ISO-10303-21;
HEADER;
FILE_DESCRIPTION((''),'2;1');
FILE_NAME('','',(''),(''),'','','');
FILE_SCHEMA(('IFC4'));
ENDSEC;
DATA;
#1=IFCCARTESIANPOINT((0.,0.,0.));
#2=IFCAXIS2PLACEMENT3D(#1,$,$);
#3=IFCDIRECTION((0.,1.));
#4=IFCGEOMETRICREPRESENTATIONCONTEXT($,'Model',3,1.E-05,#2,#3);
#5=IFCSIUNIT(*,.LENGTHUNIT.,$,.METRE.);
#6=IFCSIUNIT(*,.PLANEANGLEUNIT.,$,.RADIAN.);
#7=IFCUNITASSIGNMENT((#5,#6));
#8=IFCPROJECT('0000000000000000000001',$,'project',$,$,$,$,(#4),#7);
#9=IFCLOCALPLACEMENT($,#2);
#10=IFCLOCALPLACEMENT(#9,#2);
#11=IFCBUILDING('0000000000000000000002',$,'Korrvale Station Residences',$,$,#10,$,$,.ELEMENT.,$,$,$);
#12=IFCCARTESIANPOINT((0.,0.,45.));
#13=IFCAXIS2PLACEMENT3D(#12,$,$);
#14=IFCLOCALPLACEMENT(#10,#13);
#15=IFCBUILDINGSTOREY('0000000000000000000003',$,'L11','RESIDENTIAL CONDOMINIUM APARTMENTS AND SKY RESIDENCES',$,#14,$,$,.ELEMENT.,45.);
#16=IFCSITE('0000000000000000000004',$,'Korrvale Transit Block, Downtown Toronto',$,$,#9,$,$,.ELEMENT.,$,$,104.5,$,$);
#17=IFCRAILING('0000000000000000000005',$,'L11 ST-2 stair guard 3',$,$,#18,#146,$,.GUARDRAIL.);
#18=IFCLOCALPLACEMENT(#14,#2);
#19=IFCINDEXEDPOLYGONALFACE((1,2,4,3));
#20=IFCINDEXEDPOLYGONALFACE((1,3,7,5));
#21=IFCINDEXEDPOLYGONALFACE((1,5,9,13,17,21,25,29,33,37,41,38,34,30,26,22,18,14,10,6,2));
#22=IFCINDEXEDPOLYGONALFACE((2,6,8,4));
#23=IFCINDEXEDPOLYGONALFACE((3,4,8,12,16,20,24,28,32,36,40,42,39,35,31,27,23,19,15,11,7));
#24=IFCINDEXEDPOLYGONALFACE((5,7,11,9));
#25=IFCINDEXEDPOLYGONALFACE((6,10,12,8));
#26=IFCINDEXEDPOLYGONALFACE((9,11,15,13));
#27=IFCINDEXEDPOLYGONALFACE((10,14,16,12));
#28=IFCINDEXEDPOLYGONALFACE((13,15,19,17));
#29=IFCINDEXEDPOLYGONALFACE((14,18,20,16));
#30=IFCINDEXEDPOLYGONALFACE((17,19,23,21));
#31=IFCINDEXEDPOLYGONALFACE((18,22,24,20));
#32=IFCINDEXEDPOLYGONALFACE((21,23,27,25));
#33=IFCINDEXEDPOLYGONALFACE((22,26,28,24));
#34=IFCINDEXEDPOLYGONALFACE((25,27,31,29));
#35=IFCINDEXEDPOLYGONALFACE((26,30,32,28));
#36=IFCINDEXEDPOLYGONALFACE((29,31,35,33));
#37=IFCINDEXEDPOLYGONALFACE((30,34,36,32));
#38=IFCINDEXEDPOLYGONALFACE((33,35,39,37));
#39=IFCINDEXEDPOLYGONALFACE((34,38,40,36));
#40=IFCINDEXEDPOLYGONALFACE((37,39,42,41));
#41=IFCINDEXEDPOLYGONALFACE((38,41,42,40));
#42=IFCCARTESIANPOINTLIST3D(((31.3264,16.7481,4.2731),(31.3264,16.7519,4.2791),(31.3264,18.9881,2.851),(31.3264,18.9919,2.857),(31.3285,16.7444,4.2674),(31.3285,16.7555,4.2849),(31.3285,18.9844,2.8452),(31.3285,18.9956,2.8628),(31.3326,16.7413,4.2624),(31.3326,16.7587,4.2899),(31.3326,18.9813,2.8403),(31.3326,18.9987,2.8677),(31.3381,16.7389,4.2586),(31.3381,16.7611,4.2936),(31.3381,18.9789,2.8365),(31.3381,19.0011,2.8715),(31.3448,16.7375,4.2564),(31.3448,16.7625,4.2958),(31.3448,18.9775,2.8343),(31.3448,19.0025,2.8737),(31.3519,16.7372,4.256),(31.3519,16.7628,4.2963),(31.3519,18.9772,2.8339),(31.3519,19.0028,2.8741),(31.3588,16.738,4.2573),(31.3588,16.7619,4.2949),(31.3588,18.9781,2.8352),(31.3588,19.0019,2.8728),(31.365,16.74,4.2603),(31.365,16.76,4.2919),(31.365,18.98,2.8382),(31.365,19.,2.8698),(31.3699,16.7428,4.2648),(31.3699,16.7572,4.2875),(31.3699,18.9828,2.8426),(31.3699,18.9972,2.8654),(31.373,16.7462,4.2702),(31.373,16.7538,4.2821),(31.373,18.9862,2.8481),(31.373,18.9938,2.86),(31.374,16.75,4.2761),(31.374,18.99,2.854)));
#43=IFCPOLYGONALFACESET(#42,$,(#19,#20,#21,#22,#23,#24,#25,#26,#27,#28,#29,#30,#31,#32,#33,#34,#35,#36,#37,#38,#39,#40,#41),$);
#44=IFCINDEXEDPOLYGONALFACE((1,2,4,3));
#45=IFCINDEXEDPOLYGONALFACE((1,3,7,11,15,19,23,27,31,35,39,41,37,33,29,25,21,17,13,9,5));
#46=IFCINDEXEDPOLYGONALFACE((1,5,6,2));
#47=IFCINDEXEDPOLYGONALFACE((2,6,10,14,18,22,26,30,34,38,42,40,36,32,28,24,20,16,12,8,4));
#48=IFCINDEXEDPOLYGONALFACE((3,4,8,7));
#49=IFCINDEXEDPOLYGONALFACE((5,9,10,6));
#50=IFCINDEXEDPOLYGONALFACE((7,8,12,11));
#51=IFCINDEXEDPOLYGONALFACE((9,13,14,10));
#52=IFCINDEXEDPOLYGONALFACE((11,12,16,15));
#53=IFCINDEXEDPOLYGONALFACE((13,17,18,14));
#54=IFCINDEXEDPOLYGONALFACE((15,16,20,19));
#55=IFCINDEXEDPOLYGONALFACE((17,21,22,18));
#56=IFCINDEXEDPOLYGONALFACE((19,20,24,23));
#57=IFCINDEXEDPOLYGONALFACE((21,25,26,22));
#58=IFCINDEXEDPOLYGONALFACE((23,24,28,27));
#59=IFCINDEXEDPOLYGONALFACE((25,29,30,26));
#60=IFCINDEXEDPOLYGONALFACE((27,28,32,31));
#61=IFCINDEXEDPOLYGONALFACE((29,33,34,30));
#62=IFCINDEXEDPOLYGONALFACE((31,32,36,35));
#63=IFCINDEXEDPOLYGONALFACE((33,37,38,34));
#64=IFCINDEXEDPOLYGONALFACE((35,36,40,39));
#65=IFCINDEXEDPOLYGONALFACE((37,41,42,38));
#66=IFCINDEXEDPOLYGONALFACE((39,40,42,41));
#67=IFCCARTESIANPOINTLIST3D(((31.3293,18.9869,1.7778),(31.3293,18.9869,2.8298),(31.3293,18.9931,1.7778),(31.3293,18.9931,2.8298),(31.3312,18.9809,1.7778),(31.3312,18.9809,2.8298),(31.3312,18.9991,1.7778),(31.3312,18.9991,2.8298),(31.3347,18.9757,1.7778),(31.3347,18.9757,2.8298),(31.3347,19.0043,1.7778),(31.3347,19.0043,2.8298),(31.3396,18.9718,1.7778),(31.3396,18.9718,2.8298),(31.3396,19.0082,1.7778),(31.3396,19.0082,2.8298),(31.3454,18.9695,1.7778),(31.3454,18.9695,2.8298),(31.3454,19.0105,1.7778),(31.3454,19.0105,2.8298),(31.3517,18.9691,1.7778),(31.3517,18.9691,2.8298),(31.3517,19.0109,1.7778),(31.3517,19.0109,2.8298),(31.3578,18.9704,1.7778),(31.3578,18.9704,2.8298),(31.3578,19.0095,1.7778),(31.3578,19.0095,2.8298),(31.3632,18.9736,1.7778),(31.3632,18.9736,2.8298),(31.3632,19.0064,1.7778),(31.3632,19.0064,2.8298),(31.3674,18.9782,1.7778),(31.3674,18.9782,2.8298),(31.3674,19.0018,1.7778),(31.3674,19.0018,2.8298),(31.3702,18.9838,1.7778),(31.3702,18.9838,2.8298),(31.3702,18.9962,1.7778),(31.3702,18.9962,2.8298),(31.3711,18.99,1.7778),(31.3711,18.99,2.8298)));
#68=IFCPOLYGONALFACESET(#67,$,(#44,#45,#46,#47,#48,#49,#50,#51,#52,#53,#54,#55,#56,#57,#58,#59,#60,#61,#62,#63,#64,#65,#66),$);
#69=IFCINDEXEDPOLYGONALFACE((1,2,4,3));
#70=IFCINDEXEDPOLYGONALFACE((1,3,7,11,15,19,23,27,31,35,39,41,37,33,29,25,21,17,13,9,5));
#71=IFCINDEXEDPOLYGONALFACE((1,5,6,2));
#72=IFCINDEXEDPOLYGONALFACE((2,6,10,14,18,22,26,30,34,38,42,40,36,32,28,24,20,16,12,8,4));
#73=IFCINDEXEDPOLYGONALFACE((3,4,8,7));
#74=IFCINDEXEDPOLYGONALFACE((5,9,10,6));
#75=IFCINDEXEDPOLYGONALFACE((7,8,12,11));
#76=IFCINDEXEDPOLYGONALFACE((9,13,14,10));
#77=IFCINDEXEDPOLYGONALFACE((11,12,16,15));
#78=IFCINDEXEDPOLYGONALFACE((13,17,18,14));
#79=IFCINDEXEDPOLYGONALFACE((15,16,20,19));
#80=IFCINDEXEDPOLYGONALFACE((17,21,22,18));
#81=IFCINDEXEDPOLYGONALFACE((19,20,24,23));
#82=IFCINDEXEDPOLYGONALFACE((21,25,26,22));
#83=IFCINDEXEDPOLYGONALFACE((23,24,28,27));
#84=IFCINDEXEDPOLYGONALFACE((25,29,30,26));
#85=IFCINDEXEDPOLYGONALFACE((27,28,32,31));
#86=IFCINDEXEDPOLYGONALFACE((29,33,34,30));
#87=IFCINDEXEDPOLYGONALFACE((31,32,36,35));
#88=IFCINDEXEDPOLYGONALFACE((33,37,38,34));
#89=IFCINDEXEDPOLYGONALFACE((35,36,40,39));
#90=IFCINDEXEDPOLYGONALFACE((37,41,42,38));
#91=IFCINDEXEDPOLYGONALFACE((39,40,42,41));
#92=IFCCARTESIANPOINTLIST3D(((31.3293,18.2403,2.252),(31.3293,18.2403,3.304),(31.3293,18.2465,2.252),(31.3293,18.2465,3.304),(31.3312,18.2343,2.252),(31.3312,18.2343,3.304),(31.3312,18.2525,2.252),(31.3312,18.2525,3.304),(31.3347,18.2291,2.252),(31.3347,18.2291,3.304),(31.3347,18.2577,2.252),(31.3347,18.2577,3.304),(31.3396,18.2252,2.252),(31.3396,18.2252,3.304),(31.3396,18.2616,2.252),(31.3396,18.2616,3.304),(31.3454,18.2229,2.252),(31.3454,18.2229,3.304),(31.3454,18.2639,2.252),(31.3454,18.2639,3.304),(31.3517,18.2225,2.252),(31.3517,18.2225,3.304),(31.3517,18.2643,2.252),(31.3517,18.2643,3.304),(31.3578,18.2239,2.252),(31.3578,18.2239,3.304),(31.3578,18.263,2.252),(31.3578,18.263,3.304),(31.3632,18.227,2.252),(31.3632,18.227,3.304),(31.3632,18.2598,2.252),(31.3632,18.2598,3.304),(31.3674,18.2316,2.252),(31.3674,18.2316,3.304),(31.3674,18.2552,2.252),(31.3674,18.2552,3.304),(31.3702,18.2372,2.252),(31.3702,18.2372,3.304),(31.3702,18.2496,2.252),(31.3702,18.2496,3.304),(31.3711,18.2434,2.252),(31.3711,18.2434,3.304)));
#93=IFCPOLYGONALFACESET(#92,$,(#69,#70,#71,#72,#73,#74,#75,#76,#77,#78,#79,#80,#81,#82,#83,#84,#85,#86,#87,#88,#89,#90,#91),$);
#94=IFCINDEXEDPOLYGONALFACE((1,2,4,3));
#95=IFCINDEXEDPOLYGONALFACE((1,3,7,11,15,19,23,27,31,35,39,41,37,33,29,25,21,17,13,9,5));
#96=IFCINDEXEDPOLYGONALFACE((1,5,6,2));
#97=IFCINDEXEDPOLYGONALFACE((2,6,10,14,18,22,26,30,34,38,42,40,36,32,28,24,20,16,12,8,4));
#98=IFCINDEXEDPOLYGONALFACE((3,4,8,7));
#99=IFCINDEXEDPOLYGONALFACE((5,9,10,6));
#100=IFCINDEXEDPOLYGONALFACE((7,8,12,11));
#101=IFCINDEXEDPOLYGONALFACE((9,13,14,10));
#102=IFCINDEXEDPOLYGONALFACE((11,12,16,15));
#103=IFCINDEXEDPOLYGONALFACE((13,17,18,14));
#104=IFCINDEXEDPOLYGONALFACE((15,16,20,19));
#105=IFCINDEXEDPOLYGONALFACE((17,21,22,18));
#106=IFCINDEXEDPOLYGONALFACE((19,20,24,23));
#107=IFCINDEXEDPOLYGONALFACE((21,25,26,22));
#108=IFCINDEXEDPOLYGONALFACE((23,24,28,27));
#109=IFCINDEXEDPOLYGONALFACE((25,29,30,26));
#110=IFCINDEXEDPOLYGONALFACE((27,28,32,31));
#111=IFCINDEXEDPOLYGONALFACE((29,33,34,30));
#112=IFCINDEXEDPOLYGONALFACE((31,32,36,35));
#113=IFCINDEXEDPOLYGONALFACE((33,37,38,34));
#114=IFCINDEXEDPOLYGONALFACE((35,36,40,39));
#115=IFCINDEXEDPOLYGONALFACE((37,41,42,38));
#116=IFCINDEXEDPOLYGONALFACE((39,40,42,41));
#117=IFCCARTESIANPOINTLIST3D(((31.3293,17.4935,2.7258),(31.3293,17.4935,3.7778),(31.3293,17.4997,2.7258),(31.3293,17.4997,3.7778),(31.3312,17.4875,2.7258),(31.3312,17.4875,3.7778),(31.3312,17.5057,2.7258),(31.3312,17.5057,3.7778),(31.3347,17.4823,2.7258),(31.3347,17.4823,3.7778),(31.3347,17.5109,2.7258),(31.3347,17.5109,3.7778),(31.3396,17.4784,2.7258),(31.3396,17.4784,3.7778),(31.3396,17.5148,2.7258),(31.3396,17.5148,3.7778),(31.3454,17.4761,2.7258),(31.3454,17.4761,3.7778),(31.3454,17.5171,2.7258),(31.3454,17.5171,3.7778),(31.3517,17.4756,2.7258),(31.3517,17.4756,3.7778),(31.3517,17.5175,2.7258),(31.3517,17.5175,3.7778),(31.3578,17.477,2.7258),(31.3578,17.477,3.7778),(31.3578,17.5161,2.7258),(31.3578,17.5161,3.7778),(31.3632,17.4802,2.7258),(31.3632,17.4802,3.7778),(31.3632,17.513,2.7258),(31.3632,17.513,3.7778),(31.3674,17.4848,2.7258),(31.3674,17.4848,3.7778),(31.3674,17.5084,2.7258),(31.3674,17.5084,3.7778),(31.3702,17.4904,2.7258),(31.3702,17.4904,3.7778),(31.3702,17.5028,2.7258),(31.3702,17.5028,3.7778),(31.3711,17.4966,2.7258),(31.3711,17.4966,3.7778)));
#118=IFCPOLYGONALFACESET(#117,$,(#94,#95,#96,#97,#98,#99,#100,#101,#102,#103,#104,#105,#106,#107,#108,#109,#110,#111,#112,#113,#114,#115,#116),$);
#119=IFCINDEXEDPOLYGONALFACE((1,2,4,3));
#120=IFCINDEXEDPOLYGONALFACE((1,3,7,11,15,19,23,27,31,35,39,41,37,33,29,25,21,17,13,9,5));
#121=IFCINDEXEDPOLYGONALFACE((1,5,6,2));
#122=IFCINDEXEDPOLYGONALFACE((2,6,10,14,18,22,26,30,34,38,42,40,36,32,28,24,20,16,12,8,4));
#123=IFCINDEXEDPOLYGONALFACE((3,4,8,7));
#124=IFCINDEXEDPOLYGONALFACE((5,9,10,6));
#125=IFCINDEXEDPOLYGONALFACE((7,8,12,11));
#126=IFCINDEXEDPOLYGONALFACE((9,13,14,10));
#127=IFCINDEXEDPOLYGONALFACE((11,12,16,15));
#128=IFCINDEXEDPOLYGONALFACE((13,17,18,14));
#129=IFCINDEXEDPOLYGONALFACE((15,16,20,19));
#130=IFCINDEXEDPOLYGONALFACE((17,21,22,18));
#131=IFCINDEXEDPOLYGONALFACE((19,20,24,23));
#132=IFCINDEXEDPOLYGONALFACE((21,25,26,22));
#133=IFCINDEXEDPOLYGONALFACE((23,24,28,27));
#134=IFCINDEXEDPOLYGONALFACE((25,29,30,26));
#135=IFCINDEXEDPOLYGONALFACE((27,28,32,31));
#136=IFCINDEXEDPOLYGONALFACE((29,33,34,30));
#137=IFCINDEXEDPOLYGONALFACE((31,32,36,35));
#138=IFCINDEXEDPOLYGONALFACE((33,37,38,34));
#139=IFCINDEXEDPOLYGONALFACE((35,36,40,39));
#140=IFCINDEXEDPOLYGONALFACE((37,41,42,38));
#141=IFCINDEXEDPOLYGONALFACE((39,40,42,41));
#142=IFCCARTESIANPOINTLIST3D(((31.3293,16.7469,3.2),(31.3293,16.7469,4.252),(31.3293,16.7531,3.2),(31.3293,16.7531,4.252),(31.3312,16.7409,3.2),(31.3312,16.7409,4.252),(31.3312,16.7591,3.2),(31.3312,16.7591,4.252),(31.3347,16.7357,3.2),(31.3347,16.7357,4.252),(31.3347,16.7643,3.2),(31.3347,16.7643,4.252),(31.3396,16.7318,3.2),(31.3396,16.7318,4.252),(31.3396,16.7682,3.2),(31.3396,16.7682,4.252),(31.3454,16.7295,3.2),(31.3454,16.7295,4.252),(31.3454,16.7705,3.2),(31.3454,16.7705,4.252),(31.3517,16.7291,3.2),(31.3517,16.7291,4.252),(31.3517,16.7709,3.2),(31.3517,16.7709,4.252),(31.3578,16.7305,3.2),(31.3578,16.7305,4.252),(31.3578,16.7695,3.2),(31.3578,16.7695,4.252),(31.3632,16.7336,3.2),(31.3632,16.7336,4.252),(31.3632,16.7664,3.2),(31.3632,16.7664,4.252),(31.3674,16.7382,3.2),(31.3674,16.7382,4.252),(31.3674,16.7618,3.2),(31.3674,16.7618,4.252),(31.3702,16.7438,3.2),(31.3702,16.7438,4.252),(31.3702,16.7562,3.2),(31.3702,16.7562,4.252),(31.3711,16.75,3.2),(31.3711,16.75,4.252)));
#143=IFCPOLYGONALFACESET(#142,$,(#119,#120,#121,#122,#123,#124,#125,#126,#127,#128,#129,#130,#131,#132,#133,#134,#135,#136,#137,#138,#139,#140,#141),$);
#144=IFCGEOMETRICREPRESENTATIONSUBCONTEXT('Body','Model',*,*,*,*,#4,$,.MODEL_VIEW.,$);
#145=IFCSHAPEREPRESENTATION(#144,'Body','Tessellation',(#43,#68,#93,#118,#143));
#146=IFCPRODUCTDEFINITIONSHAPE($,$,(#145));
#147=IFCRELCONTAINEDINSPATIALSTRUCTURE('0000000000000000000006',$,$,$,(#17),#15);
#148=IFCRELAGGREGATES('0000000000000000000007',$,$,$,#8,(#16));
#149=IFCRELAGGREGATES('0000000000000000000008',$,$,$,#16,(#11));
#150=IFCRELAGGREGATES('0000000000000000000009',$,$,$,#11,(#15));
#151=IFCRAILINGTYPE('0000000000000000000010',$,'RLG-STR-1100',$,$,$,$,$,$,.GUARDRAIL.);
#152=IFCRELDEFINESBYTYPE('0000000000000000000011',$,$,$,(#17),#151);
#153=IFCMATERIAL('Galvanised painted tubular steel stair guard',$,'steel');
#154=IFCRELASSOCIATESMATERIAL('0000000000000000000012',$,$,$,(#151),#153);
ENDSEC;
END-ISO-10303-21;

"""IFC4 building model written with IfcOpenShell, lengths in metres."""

from ifc_helpers import new_model, si_unit, direction, frame, origin, origin_2d, place, context, subcontext, project, spatial, circle, extrude, material, type_object, element, save


model = new_model("IFC4")

# Units and contexts
model_context = context("Model", 3, precision=1e-05, world=origin(), true_north=direction((0.0, 1.0)))
body_context = subcontext(model_context, "Body", "Model", "MODEL_VIEW")
ifc_project = project(units=[si_unit("LENGTHUNIT", "METRE"), si_unit("PLANEANGLEUNIT", "RADIAN")], contexts=[model_context])

# Site, building, storey
site_placement = place(None, origin())
site = spatial("IfcSite", under=ifc_project, at=site_placement, Name="Korrvale Transit Block, Downtown Toronto", CompositionType="ELEMENT", RefElevation=104.5)
building_placement = place(site_placement, origin())
building = spatial("IfcBuilding", under=site, at=building_placement, Name="Korrvale Station Residences", CompositionType="ELEMENT")
storey_placement = place(building_placement, frame((0.0, 0.0, 45.0)))
storey = spatial("IfcBuildingStorey", under=building, at=storey_placement, Name="L11", Description="RESIDENTIAL CONDOMINIUM APARTMENTS AND SKY RESIDENCES", CompositionType="ELEMENT", Elevation=45.0)

# Railing
ifc_material_1 = material(Name="Galvanised painted tubular steel stair guard", Category="steel")
railing_type_1 = type_object("IfcRailingType", Name="RLG-STR-1100", PredefinedType="GUARDRAIL", material=ifc_material_1)
railing_1_placement = place(storey_placement, frame((31.3501, 18.99, 1.7778)))
element("IfcRailing", 1, at=railing_1_placement, inside=storey, type_object=railing_type_1, Name="L11 ST-2 stair guard 3", PredefinedType="GUARDRAIL", context=body_context, shape_type="SweptSolid", body=[
    extrude(circle(Radius=0.0239, at=origin_2d()), frame((0.0, 0.0, 1.0762), z_axis=(0.0, -0.844229, 0.535982), x_axis=(1.0, 0.0, 0.0)), (0.0, 0.0, 1.0), 2.6533),
    extrude(circle(Radius=0.021, at=origin_2d()), origin(), (0.0, 0.0, 1.0), 1.052),
    extrude(circle(Radius=0.021, at=origin_2d()), frame((0.0, -0.7466, 0.4741)), (0.0, 0.0, 1.0), 1.052),
    extrude(circle(Radius=0.021, at=origin_2d()), frame((0.0, -1.4934, 0.948)), (0.0, 0.0, 1.0), 1.052),
    extrude(circle(Radius=0.021, at=origin_2d()), frame((0.0, -2.24, 1.4221)), (0.0, 0.0, 1.0), 1.052),
])

save(model, "model.ifc")
